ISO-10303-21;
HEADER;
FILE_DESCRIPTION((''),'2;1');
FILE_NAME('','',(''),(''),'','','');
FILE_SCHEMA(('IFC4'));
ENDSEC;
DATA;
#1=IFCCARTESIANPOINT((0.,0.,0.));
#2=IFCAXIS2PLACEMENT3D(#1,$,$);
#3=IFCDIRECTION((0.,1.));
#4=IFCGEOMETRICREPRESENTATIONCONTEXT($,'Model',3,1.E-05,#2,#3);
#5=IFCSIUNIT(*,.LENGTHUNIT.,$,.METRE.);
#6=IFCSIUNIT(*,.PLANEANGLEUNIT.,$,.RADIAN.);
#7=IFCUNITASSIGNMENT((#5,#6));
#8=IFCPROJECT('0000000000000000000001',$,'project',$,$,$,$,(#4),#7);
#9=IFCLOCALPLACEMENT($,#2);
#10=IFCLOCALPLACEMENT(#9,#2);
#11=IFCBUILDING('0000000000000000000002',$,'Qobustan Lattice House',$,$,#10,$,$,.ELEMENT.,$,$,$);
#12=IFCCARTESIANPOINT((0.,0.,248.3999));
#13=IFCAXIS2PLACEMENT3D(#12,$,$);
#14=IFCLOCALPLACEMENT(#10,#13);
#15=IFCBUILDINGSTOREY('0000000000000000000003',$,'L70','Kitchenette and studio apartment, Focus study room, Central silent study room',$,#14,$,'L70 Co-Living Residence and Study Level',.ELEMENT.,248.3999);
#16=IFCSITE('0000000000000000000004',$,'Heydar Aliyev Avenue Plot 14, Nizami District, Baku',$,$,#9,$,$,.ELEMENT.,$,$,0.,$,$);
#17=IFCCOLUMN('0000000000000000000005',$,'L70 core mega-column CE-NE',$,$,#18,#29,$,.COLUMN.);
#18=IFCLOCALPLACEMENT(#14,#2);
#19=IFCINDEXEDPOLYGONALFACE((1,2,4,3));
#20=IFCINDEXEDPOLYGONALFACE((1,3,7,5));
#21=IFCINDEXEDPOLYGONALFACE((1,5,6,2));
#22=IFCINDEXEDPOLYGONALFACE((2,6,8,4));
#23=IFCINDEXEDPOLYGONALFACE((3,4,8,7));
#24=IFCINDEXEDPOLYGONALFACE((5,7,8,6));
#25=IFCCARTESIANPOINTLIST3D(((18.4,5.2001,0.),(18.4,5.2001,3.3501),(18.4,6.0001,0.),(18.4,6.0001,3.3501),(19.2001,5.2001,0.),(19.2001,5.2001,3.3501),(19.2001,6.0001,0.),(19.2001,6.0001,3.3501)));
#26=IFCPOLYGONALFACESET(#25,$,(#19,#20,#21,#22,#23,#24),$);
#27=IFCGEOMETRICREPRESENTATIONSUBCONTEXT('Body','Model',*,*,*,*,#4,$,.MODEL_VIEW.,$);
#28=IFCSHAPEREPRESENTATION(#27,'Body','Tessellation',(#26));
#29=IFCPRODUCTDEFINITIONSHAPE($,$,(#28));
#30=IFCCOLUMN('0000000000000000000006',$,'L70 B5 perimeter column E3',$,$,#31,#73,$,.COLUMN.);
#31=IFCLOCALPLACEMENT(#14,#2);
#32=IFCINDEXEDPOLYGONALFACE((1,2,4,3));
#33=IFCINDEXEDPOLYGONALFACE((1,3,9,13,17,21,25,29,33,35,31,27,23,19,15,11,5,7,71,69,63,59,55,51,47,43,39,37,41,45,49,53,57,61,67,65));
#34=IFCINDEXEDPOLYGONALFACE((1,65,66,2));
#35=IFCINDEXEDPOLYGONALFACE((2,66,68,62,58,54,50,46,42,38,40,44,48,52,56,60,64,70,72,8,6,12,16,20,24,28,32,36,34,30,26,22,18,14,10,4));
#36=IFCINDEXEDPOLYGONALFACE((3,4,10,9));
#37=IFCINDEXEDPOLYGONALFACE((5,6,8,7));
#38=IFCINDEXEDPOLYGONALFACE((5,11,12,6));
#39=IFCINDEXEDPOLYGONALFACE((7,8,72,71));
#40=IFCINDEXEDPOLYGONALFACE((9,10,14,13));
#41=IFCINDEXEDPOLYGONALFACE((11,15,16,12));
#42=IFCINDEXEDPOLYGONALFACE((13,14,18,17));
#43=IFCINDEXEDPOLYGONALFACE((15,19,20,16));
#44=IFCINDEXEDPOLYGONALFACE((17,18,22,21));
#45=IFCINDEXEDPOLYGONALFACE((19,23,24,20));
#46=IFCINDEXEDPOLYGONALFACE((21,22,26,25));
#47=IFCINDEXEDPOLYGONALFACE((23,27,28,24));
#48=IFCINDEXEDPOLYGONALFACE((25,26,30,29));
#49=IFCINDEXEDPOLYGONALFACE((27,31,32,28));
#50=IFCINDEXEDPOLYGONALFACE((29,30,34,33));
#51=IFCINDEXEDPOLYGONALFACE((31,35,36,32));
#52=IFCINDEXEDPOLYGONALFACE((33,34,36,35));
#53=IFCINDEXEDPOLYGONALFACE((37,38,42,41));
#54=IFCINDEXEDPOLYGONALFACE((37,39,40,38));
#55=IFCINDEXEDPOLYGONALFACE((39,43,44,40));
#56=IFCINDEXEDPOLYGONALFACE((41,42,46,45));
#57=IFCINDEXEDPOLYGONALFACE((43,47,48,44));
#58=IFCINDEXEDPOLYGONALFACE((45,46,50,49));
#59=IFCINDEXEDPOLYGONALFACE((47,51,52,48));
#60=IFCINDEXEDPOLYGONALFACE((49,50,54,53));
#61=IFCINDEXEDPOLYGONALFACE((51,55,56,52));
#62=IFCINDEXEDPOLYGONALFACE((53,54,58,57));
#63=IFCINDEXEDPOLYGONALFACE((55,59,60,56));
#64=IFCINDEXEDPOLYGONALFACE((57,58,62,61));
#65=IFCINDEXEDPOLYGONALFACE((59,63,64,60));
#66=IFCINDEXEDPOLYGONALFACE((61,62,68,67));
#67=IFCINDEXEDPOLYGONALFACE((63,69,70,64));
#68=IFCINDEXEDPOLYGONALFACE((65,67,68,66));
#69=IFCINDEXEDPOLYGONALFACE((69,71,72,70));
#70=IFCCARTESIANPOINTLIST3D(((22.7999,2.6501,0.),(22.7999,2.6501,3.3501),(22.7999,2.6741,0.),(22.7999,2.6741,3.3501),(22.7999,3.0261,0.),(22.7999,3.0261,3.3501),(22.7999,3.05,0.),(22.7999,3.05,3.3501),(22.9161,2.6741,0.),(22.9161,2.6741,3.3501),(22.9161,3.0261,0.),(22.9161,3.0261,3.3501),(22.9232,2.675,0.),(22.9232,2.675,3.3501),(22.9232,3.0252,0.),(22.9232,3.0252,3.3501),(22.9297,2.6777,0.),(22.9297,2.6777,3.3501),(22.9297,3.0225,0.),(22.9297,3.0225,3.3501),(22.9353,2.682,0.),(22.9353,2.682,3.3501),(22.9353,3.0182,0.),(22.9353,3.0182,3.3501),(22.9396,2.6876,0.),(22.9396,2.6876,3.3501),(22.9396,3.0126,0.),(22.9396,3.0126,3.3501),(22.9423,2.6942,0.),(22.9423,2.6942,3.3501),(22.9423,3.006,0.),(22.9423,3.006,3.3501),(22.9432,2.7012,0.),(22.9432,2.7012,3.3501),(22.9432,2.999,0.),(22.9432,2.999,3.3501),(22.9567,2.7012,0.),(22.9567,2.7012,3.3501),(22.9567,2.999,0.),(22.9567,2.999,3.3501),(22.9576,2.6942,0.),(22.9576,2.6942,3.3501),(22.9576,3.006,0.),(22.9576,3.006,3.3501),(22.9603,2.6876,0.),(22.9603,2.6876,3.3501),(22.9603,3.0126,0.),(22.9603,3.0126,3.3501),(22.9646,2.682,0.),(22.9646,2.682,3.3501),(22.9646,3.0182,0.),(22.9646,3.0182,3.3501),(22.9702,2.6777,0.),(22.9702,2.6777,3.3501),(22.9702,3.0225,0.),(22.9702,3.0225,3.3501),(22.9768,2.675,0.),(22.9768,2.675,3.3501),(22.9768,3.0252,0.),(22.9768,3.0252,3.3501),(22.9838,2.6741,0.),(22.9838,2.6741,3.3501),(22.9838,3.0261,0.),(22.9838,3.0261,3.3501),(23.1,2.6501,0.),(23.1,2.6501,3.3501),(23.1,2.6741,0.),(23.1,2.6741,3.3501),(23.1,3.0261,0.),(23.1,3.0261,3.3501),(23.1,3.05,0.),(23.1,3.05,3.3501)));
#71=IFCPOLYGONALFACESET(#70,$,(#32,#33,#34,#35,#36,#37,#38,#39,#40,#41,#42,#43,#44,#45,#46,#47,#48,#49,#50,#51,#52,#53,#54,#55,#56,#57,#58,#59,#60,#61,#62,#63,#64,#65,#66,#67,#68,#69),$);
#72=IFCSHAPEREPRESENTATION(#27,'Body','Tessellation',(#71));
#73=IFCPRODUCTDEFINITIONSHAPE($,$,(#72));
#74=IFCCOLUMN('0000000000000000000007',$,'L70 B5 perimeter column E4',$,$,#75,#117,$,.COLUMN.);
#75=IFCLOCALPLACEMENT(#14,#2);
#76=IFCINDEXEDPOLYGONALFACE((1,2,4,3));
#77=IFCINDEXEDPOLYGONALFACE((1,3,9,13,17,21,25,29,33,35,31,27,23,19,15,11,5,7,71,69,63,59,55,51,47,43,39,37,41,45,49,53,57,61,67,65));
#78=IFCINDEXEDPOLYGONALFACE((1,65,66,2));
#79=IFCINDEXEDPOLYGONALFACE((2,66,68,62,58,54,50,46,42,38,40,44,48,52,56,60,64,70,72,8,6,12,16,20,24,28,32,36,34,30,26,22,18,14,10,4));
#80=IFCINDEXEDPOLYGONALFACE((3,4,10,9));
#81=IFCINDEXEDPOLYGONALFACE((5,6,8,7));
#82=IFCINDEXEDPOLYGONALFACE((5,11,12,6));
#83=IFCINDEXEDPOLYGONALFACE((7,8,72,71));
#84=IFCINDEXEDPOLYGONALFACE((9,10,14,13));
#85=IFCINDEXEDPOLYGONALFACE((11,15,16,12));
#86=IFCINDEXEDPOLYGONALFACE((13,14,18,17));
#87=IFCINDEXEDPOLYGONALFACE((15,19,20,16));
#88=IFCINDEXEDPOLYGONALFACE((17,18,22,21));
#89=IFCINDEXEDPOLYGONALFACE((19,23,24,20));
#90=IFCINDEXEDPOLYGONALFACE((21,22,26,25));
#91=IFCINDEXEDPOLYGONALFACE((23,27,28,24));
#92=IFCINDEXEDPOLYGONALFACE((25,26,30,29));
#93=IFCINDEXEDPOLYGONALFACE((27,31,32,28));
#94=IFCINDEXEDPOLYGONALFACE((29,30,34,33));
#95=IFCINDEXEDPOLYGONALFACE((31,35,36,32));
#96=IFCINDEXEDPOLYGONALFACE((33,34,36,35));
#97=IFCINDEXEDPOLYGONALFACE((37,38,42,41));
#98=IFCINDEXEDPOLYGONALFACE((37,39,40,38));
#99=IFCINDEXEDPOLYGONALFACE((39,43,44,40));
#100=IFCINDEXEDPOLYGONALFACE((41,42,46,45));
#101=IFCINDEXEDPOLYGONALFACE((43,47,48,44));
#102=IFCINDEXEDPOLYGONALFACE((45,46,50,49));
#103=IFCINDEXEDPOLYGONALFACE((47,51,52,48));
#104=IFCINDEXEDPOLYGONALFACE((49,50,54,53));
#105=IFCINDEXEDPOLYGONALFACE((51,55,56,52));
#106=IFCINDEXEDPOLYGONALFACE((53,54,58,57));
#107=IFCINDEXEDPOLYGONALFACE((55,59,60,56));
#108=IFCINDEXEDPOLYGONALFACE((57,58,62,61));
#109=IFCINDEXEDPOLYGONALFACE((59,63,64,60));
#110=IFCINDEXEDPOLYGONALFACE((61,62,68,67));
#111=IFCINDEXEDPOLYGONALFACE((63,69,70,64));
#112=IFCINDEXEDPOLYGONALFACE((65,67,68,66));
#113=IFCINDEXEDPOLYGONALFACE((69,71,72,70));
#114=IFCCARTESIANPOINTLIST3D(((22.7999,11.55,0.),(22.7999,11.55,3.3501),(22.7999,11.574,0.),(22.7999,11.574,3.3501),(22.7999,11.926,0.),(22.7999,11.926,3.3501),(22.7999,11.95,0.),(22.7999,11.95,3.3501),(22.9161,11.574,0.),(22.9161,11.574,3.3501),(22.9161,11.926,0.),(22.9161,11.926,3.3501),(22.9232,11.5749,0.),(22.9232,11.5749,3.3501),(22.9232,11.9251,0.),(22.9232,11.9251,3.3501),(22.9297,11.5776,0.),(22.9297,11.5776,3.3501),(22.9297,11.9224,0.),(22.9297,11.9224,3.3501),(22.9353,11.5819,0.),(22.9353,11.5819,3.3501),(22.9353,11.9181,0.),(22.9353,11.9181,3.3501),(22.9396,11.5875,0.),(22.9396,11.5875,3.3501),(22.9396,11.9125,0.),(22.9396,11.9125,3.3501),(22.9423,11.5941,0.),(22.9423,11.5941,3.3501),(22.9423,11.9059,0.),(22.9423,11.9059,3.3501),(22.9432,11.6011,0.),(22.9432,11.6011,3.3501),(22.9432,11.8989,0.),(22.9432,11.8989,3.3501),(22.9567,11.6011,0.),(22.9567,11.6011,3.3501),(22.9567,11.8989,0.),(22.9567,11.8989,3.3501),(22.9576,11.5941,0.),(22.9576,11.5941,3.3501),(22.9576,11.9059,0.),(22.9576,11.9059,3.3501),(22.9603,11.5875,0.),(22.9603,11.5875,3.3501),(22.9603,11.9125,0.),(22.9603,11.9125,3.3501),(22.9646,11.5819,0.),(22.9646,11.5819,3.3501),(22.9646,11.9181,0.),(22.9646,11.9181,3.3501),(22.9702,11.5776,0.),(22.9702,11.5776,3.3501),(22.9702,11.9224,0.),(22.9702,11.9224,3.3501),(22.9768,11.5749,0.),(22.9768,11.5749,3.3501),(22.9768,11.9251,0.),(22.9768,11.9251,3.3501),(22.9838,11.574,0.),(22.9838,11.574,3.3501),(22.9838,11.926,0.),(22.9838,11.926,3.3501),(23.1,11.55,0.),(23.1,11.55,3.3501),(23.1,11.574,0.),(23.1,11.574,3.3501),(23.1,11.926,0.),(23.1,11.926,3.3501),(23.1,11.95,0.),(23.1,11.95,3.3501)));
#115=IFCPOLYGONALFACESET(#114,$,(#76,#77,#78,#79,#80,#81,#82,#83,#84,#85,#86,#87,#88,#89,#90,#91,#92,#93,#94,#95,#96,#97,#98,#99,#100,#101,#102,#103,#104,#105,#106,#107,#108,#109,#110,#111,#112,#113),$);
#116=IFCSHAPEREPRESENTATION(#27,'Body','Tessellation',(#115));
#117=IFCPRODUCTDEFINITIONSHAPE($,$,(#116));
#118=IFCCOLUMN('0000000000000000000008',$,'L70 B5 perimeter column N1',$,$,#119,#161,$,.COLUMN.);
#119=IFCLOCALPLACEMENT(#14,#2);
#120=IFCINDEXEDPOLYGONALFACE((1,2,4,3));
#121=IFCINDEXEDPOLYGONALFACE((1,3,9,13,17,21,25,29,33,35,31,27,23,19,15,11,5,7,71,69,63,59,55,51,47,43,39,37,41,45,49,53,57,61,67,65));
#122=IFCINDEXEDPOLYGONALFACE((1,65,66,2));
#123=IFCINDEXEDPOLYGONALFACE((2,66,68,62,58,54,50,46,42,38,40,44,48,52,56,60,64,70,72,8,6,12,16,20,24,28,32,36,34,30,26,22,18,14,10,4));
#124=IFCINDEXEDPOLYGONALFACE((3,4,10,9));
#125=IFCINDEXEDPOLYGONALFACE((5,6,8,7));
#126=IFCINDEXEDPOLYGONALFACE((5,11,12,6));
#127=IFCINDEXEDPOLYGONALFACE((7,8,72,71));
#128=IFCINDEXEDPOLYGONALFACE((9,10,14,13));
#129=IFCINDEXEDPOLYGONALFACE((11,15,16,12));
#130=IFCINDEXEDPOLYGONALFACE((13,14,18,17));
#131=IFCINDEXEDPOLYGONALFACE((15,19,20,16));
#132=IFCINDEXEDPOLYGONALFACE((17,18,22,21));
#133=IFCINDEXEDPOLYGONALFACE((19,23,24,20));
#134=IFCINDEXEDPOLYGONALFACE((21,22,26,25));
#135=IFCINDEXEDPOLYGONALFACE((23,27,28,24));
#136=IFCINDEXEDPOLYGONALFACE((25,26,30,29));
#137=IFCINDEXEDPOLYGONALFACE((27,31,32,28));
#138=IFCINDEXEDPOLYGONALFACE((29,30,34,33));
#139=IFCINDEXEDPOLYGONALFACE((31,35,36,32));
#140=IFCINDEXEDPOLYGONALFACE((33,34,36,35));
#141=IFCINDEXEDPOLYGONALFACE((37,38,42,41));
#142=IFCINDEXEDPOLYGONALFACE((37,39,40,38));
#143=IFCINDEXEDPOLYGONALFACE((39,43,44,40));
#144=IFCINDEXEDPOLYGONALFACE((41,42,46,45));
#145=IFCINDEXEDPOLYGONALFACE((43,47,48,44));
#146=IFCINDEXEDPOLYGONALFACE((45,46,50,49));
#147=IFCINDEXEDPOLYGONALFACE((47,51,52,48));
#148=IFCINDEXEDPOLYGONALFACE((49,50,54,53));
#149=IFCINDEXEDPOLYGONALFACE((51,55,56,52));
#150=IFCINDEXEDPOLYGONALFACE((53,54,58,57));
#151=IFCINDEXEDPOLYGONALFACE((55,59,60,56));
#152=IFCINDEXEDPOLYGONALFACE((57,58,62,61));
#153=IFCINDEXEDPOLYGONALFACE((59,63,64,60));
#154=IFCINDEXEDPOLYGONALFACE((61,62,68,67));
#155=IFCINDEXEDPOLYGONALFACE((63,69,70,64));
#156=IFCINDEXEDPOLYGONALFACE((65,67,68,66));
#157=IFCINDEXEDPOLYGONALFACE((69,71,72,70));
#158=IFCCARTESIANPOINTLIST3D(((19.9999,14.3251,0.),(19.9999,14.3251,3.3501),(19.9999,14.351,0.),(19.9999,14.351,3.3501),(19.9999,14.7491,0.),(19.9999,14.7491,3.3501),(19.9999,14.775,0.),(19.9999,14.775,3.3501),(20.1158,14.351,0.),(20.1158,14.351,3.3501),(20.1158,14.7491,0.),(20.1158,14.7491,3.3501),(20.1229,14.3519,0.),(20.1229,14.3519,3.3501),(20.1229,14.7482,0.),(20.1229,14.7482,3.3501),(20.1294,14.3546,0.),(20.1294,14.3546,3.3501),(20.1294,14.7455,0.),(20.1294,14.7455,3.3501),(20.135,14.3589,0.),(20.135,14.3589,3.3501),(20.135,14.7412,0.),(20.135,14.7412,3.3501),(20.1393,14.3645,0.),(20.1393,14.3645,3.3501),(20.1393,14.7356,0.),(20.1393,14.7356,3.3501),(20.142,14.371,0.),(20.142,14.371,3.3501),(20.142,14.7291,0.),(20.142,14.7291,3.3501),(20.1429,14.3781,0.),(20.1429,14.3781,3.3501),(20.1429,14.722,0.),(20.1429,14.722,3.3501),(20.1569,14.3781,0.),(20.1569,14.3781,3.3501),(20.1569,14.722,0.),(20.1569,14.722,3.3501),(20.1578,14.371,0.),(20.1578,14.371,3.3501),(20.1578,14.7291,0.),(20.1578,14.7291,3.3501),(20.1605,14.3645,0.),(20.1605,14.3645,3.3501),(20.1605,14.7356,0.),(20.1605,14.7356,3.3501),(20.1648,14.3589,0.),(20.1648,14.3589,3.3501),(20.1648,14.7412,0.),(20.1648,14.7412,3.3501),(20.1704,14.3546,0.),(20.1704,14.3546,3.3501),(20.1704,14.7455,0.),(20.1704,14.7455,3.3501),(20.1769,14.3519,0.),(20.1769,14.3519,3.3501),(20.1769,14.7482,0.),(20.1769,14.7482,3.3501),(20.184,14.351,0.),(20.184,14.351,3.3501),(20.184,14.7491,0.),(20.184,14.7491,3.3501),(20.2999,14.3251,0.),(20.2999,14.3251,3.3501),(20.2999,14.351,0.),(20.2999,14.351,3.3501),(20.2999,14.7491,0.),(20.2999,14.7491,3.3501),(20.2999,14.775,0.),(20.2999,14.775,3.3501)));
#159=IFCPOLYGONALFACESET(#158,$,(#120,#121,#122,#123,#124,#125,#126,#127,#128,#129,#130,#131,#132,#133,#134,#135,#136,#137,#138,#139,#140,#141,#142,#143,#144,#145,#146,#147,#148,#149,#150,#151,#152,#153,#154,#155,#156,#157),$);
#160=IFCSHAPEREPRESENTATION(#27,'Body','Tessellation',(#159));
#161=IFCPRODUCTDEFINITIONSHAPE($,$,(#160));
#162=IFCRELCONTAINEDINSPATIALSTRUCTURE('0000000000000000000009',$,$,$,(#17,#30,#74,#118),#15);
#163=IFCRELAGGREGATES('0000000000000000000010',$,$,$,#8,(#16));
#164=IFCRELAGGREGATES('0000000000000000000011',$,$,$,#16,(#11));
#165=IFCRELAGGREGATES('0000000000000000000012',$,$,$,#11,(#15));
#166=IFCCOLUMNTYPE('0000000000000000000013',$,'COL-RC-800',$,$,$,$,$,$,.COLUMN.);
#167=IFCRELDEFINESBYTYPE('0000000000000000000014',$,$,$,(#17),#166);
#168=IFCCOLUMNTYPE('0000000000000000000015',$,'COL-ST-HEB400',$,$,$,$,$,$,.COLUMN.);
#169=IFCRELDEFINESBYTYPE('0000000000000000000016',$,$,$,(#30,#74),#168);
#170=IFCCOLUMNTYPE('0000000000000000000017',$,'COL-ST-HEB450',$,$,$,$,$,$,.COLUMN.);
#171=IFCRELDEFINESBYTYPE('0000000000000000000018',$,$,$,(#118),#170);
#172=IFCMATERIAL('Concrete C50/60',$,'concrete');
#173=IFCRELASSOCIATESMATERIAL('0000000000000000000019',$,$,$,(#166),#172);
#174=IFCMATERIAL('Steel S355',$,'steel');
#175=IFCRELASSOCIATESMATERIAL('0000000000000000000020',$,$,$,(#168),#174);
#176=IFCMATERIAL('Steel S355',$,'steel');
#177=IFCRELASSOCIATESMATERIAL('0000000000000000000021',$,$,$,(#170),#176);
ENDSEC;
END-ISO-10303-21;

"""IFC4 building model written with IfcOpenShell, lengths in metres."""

from ifc_helpers import new_model, si_unit, direction, frame, origin, origin_2d, place, context, subcontext, project, spatial, rectangle, i_section, extrude, material, material_profile, profile_set, type_object, element, save


model = new_model("IFC4")

# Units and contexts
model_context = context("Model", 3, precision=1e-05, world=origin(), true_north=direction((0.0, 1.0)))
body_context = subcontext(model_context, "Body", "Model", "MODEL_VIEW")
ifc_project = project(units=[si_unit("LENGTHUNIT", "METRE"), si_unit("PLANEANGLEUNIT", "RADIAN")], contexts=[model_context])

# Site, building, storey
site_placement = place(None, origin())
site = spatial("IfcSite", under=ifc_project, at=site_placement, Name="Heydar Aliyev Avenue Plot 14, Nizami District, Baku", CompositionType="ELEMENT", RefElevation=0.0)
building_placement = place(site_placement, origin())
building = spatial("IfcBuilding", under=site, at=building_placement, Name="Qobustan Lattice House", CompositionType="ELEMENT")
storey_placement = place(building_placement, frame((0.0, 0.0, 248.3999)))
storey = spatial("IfcBuildingStorey", under=building, at=storey_placement, Name="L70", Description="Kitchenette and studio apartment, Focus study room, Central silent study room", LongName="L70 Co-Living Residence and Study Level", CompositionType="ELEMENT", Elevation=248.3999)

# Columns
ifc_material_1 = material(Name="Concrete C50/60", Category="concrete")
ifc_material_profile_1 = material_profile(ifc_material_1, rectangle(XDim=0.8, YDim=0.8, at=origin_2d()), Name="RC800x800")
ifc_profile_set_1 = profile_set([ifc_material_profile_1], Name="Concrete C50/60")
column_type_1 = type_object("IfcColumnType", Name="COL-RC-800", PredefinedType="COLUMN", material=ifc_profile_set_1)
column_1_placement = place(storey_placement, frame((18.8, 5.6001, 0.0), z_axis=(0.0, 0.0, 1.0), x_axis=(1.0, 0.0, 0.0)))
element("IfcColumn", 1, at=column_1_placement, inside=storey, type_object=column_type_1, Name="L70 core mega-column CE-NE", PredefinedType="COLUMN", context=body_context, shape_type="SweptSolid", body=[
    extrude(rectangle(XDim=0.8, YDim=0.8, at=origin_2d()), origin(), (0.0, 0.0, 1.0), 3.3501),
])
ifc_material_2 = material(Name="Steel S355", Category="steel")
ifc_material_profile_2 = material_profile(ifc_material_2, i_section(OverallWidth=0.3, OverallDepth=0.3999, WebThickness=0.0134, FlangeThickness=0.0239, FilletRadius=0.0271, at=origin_2d()), Name="HEB400")
ifc_profile_set_2 = profile_set([ifc_material_profile_2], Name="Steel S355")
column_type_2 = type_object("IfcColumnType", Name="COL-ST-HEB400", PredefinedType="COLUMN", material=ifc_profile_set_2)
for number, where, z_axis, x_axis, name in (
    (2, (22.95, 2.8501, 0.0), (0.0, 0.0, 1.0), (1.0, 0.0, 0.0), "L70 B5 perimeter column E3"),
    (3, (22.95, 11.75, 0.0), (0.0, 0.0, 1.0), (1.0, 0.0, 0.0), "L70 B5 perimeter column E4"),
):
    element("IfcColumn", number, at=place(storey_placement, frame(where, z_axis=z_axis, x_axis=x_axis)), inside=storey, type_object=column_type_2, Name=name, PredefinedType="COLUMN", context=body_context, shape_type="SweptSolid", body=[
        extrude(i_section(OverallWidth=0.3, OverallDepth=0.3999, WebThickness=0.0134, FlangeThickness=0.0239, FilletRadius=0.0271, at=origin_2d()), origin(), (0.0, 0.0, 1.0), 3.3501),
    ])
ifc_material_3 = material(Name="Steel S355", Category="steel")
ifc_material_profile_3 = material_profile(ifc_material_3, i_section(OverallWidth=0.3, OverallDepth=0.45, WebThickness=0.0139, FlangeThickness=0.0259, FilletRadius=0.0271, at=origin_2d()), Name="HEB450")
ifc_profile_set_3 = profile_set([ifc_material_profile_3], Name="Steel S355")
column_type_3 = type_object("IfcColumnType", Name="COL-ST-HEB450", PredefinedType="COLUMN", material=ifc_profile_set_3)
column_2_placement = place(storey_placement, frame((20.1499, 14.55, 0.0), z_axis=(0.0, 0.0, 1.0), x_axis=(1.0, 0.0, 0.0)))
element("IfcColumn", 4, at=column_2_placement, inside=storey, type_object=column_type_3, Name="L70 B5 perimeter column N1", PredefinedType="COLUMN", context=body_context, shape_type="SweptSolid", body=[
    extrude(i_section(OverallWidth=0.3, OverallDepth=0.45, WebThickness=0.0139, FlangeThickness=0.0259, FilletRadius=0.0271, at=origin_2d()), origin(), (0.0, 0.0, 1.0), 3.3501),
])

save(model, "model.ifc")
